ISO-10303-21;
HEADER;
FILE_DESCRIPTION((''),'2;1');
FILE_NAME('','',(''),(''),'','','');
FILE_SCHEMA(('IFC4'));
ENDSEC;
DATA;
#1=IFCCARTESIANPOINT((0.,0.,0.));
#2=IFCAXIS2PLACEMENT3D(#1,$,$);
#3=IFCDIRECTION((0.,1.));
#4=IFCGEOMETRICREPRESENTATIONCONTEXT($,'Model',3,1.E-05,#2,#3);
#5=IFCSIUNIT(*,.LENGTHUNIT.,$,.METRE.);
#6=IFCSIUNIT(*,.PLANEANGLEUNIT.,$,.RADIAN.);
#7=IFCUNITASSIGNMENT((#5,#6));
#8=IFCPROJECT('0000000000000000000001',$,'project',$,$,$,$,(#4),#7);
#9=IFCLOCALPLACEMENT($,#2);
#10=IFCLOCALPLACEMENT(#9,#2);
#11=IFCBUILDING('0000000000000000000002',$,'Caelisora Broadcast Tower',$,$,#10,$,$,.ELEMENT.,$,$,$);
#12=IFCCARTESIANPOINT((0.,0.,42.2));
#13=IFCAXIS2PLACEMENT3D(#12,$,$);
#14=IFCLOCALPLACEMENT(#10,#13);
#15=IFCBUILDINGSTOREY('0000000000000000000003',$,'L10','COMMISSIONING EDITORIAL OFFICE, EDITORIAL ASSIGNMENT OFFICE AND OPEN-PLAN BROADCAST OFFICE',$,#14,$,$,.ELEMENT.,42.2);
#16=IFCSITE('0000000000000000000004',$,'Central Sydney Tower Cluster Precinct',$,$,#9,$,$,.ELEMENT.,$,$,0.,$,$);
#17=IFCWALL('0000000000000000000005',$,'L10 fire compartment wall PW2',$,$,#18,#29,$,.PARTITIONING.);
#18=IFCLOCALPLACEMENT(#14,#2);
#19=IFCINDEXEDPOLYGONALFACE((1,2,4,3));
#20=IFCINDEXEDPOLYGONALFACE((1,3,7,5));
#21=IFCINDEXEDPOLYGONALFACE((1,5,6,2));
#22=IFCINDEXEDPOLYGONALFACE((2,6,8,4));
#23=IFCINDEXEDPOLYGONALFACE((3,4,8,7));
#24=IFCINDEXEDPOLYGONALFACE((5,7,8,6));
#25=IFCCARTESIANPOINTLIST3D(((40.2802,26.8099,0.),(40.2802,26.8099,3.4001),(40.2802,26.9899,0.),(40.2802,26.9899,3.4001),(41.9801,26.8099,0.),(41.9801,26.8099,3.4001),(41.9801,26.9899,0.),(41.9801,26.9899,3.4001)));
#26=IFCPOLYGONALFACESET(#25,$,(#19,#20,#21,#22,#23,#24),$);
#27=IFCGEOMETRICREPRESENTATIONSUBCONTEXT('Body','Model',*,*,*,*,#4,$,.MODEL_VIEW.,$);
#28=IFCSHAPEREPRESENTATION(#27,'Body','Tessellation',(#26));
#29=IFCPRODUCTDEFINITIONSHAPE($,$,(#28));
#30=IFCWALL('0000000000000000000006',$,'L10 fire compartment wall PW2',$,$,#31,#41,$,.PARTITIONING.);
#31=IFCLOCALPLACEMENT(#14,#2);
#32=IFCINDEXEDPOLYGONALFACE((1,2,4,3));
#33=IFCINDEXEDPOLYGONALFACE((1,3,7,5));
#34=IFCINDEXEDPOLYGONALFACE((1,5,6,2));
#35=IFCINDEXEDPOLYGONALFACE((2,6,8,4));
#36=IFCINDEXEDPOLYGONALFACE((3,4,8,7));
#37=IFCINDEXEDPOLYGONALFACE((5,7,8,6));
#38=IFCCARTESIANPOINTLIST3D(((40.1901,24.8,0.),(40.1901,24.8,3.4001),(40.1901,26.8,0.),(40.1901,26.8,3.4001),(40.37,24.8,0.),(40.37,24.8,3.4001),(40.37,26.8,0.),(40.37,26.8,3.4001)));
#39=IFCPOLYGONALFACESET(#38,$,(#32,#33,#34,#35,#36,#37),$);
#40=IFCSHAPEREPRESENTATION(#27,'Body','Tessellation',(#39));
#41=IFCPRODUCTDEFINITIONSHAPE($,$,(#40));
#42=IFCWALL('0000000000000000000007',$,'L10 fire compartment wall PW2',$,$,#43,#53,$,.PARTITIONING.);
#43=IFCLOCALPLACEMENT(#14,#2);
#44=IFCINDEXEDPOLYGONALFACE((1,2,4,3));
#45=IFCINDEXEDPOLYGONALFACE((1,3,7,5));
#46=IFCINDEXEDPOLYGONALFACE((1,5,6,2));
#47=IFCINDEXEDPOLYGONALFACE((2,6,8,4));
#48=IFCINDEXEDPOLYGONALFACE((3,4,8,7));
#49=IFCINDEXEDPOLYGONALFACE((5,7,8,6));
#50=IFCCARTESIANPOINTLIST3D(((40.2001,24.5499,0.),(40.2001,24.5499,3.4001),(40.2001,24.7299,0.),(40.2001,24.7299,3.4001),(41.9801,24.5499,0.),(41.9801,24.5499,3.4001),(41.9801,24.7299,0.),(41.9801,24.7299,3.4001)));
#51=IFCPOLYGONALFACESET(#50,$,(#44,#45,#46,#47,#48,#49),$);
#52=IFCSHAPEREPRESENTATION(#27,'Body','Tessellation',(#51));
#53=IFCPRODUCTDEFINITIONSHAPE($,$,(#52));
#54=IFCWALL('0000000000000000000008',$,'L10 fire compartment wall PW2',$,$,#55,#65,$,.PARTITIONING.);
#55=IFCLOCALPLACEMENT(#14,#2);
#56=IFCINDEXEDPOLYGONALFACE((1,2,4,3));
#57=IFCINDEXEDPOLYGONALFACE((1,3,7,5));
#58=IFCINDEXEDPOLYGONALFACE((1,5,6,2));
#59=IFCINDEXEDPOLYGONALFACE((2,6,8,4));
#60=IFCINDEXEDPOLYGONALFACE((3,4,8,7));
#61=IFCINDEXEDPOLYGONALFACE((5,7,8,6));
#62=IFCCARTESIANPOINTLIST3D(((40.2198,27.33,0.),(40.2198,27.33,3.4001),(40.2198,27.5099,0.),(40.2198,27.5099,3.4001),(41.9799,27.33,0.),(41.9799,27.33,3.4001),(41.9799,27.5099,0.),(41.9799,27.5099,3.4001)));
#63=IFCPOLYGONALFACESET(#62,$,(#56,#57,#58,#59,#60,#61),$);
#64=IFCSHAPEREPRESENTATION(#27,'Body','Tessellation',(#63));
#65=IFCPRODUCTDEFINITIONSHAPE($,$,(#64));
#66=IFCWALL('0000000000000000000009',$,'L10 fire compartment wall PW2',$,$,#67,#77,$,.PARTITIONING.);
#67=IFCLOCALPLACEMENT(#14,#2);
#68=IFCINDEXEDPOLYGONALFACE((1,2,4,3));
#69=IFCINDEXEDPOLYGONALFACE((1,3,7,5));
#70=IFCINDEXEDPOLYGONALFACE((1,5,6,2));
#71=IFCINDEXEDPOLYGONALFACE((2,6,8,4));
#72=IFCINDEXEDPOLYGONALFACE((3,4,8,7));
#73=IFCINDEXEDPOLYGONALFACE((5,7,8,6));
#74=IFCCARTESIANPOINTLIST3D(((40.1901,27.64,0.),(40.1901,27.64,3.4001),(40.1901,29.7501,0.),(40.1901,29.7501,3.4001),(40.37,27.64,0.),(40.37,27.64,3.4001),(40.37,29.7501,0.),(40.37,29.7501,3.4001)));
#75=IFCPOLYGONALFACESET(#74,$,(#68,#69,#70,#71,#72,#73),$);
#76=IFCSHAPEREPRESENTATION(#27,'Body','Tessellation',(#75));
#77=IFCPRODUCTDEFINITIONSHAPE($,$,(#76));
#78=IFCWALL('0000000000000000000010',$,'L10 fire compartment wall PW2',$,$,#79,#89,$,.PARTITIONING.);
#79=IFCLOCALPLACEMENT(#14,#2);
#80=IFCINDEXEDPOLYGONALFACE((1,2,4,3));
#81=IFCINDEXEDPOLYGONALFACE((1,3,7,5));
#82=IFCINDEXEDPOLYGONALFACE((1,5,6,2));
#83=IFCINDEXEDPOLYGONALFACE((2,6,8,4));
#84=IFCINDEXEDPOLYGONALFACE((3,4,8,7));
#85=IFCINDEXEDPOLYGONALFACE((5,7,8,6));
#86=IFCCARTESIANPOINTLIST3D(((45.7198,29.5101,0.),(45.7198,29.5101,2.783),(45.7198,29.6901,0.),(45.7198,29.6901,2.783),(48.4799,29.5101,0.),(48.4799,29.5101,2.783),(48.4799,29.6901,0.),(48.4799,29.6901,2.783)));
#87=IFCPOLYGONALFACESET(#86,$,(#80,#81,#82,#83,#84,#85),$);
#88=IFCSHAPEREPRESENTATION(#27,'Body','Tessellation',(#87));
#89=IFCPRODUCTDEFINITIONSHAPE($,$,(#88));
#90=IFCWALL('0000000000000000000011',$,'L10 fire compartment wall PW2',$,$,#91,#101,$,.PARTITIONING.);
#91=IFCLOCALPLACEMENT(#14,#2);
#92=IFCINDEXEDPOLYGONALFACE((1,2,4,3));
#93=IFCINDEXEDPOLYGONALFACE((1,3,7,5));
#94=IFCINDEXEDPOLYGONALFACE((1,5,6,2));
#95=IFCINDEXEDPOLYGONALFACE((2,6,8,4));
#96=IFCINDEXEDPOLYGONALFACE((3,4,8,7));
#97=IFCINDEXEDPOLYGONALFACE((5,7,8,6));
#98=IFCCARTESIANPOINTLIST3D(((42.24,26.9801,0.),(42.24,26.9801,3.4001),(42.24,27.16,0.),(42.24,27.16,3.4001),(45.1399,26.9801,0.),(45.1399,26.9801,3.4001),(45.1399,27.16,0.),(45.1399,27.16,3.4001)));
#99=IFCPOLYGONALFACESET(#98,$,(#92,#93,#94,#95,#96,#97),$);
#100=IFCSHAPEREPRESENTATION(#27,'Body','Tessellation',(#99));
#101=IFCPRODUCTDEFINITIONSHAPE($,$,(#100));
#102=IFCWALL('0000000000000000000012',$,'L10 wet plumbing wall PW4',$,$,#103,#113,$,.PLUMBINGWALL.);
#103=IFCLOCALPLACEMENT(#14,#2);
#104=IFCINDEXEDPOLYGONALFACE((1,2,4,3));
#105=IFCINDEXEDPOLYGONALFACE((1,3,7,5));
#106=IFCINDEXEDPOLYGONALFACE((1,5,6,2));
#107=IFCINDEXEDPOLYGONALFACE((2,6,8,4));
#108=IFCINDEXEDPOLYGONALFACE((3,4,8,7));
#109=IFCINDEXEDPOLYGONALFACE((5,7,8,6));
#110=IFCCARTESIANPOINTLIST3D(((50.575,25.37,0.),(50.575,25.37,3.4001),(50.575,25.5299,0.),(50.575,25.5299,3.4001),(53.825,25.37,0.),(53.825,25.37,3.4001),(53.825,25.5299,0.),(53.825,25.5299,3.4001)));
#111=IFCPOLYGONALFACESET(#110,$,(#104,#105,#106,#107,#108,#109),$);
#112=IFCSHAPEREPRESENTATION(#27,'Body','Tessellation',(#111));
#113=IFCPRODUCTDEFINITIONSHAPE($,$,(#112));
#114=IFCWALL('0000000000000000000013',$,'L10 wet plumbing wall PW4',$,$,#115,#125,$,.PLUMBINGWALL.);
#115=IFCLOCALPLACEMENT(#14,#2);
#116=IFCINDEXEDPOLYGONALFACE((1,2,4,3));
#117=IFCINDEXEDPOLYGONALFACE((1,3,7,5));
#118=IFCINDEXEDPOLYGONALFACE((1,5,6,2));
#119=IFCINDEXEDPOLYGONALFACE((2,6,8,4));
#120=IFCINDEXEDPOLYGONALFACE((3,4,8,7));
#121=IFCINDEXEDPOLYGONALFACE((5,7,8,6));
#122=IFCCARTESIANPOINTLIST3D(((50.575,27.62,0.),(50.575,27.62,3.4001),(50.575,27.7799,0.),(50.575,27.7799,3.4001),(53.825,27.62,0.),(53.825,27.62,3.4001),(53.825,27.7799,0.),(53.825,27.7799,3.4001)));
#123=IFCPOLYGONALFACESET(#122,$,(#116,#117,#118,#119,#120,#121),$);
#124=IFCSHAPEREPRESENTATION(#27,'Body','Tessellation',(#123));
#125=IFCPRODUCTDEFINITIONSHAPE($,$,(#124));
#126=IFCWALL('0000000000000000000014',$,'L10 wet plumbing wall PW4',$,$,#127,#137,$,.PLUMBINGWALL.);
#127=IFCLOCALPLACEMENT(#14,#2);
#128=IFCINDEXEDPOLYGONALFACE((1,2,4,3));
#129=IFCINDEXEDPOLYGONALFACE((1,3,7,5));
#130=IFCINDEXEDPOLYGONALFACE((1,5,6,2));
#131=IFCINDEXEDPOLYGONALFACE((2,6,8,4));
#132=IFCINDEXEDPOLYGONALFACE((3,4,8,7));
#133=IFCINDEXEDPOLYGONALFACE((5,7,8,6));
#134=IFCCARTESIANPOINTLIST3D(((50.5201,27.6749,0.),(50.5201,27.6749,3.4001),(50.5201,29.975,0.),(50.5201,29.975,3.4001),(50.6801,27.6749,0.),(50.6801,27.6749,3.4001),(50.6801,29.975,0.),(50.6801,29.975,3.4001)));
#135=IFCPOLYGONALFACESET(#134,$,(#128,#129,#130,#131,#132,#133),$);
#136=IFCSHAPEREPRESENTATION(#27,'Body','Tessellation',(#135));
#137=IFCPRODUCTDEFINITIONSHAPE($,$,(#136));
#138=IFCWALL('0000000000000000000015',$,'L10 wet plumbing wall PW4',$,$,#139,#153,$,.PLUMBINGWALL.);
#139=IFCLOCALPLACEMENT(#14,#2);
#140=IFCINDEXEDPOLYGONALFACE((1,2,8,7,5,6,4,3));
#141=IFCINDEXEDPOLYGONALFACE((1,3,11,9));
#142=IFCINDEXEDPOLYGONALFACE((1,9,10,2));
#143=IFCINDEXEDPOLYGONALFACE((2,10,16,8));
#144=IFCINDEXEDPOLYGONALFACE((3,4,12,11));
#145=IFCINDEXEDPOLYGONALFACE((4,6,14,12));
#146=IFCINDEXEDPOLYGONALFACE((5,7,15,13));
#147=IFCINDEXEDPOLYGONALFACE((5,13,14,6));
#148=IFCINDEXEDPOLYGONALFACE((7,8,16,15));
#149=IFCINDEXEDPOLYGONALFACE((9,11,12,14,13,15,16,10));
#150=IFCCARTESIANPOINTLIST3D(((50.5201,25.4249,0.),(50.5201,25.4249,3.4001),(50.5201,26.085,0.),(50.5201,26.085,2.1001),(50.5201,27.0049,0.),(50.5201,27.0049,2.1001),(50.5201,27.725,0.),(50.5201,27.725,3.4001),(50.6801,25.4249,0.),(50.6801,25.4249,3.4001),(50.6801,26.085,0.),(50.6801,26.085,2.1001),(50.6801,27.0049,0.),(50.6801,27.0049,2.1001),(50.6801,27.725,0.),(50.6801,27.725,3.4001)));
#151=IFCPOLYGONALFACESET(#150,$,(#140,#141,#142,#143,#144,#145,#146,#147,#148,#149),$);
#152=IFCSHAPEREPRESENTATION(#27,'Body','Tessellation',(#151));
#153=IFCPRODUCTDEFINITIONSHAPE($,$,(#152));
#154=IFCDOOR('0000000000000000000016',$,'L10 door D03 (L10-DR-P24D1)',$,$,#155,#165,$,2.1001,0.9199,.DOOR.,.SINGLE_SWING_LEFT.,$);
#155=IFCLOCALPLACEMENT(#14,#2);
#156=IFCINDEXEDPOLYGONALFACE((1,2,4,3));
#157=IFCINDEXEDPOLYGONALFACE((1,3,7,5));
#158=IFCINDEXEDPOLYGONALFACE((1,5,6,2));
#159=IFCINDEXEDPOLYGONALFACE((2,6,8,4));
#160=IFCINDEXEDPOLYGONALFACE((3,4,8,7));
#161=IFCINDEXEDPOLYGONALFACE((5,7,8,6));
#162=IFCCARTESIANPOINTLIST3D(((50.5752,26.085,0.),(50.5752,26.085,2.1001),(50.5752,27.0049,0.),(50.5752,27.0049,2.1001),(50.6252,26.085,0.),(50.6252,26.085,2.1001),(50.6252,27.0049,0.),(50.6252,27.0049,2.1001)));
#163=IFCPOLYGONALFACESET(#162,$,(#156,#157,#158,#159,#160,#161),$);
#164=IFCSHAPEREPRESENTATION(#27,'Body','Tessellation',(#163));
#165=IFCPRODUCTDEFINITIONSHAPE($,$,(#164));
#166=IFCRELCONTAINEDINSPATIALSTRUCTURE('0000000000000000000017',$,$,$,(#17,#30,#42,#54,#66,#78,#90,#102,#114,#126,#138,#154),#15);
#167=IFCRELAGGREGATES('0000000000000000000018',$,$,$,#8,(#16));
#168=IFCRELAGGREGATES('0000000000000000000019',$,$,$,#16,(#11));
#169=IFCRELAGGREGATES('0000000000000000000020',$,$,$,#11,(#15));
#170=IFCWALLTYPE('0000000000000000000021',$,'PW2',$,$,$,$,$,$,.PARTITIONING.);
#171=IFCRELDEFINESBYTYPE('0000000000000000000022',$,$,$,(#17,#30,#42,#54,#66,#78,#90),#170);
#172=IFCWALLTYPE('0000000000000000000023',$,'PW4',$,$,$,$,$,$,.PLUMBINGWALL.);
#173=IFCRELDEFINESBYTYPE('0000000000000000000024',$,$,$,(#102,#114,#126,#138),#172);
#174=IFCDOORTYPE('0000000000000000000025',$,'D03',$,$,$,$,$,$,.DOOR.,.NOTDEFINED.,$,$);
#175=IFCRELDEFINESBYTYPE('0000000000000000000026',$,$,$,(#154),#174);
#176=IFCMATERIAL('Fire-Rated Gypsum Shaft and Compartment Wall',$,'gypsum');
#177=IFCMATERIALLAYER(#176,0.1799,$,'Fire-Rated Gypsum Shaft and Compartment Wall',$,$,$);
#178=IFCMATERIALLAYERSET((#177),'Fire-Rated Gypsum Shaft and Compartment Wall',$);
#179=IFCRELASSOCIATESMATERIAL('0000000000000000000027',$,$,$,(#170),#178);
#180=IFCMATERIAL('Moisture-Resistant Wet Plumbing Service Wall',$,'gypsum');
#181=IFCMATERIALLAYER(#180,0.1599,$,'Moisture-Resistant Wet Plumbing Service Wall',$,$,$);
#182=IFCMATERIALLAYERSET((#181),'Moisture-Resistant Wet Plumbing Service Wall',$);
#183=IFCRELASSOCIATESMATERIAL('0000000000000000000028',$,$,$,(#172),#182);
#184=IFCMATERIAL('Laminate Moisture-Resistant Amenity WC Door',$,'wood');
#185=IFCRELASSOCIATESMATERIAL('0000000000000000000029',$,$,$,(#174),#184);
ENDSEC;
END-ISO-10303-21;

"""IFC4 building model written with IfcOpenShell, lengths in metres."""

from ifc_helpers import new_model, si_unit, direction, frame, frame_2d, origin, place, context, subcontext, project, spatial, rectangle, extrude, material, layer, layer_set, type_object, element, fill, save


model = new_model("IFC4")

# Units and contexts
model_context = context("Model", 3, precision=1e-05, world=origin(), true_north=direction((0.0, 1.0)))
body_context = subcontext(model_context, "Body", "Model", "MODEL_VIEW")
ifc_project = project(units=[si_unit("LENGTHUNIT", "METRE"), si_unit("PLANEANGLEUNIT", "RADIAN")], contexts=[model_context])

# Site, building, storey
site_placement = place(None, origin())
site = spatial("IfcSite", under=ifc_project, at=site_placement, Name="Central Sydney Tower Cluster Precinct", CompositionType="ELEMENT", RefElevation=0.0)
building_placement = place(site_placement, origin())
building = spatial("IfcBuilding", under=site, at=building_placement, Name="Caelisora Broadcast Tower", CompositionType="ELEMENT")
storey_placement = place(building_placement, frame((0.0, 0.0, 42.2)))
storey = spatial("IfcBuildingStorey", under=building, at=storey_placement, Name="L10", Description="COMMISSIONING EDITORIAL OFFICE, EDITORIAL ASSIGNMENT OFFICE AND OPEN-PLAN BROADCAST OFFICE", CompositionType="ELEMENT", Elevation=42.2)

# Walls
ifc_material_1 = material(Name="Fire-Rated Gypsum Shaft and Compartment Wall", Category="gypsum")
ifc_layer_1 = layer(ifc_material_1, 0.1799, Name="Fire-Rated Gypsum Shaft and Compartment Wall")
ifc_layer_set_1 = layer_set([ifc_layer_1], Name="Fire-Rated Gypsum Shaft and Compartment Wall")
wall_type_1 = type_object("IfcWallType", Name="PW2", PredefinedType="PARTITIONING", material=ifc_layer_set_1)
wall_1_placement = place(storey_placement, frame((40.28, 26.8999, 0.0), z_axis=(0.0, 0.0, 1.0), x_axis=(1.0, 0.0, 0.0)))
element("IfcWall", 1, at=wall_1_placement, inside=storey, type_object=wall_type_1, Name="L10 fire compartment wall PW2", PredefinedType="PARTITIONING", context=body_context, shape_type="SweptSolid", body=[
    extrude(rectangle(XDim=1.7, YDim=0.1799, at=frame_2d((0.8501, 0.0))), origin(), (0.0, 0.0, 1.0), 3.4001),
])
wall_2_placement = place(storey_placement, frame((40.28, 24.8, 0.0), z_axis=(0.0, 0.0, 1.0), x_axis=(0.0, 1.0, 0.0)))
element("IfcWall", 2, at=wall_2_placement, inside=storey, type_object=wall_type_1, Name="L10 fire compartment wall PW2", PredefinedType="PARTITIONING", context=body_context, shape_type="SweptSolid", body=[
    extrude(rectangle(XDim=2.0, YDim=0.1799, at=frame_2d((1.0, 0.0))), origin(), (0.0, 0.0, 1.0), 3.4001),
])
wall_3_placement = place(storey_placement, frame((40.2, 24.6399, 0.0), z_axis=(0.0, 0.0, 1.0), x_axis=(1.0, 0.0, 0.0)))
element("IfcWall", 3, at=wall_3_placement, inside=storey, type_object=wall_type_1, Name="L10 fire compartment wall PW2", PredefinedType="PARTITIONING", context=body_context, shape_type="SweptSolid", body=[
    extrude(rectangle(XDim=1.78, YDim=0.1799, at=frame_2d((0.8901, 0.0))), origin(), (0.0, 0.0, 1.0), 3.4001),
])
wall_4_placement = place(storey_placement, frame((40.22, 27.4199, 0.0), z_axis=(0.0, 0.0, 1.0), x_axis=(1.0, 0.0, 0.0)))
element("IfcWall", 4, at=wall_4_placement, inside=storey, type_object=wall_type_1, Name="L10 fire compartment wall PW2", PredefinedType="PARTITIONING", context=body_context, shape_type="SweptSolid", body=[
    extrude(rectangle(XDim=1.76, YDim=0.1799, at=frame_2d((0.8799, 0.0))), origin(), (0.0, 0.0, 1.0), 3.4001),
])
wall_5_placement = place(storey_placement, frame((40.28, 27.6399, 0.0), z_axis=(0.0, 0.0, 1.0), x_axis=(0.0, 1.0, 0.0)))
element("IfcWall", 5, at=wall_5_placement, inside=storey, type_object=wall_type_1, Name="L10 fire compartment wall PW2", PredefinedType="PARTITIONING", context=body_context, shape_type="SweptSolid", body=[
    extrude(rectangle(XDim=2.1101, YDim=0.1799, at=frame_2d((1.0552, 0.0))), origin(), (0.0, 0.0, 1.0), 3.4001),
])
wall_6_placement = place(storey_placement, frame((45.72, 29.6001, 0.0), z_axis=(0.0, 0.0, 1.0), x_axis=(1.0, 0.0, 0.0)))
element("IfcWall", 6, at=wall_6_placement, inside=storey, type_object=wall_type_1, Name="L10 fire compartment wall PW2", PredefinedType="PARTITIONING", context=body_context, shape_type="SweptSolid", body=[
    extrude(rectangle(XDim=2.76, YDim=0.1799, at=frame_2d((1.3799, 0.0))), origin(), (0.0, 0.0, 1.0), 2.783),
])
wall_7_placement = place(storey_placement, frame((42.24, 27.0701, 0.0), z_axis=(0.0, 0.0, 1.0), x_axis=(1.0, 0.0, 0.0)))
element("IfcWall", 7, at=wall_7_placement, inside=storey, type_object=wall_type_1, Name="L10 fire compartment wall PW2", PredefinedType="PARTITIONING", context=body_context, shape_type="SweptSolid", body=[
    extrude(rectangle(XDim=2.8999, YDim=0.1799, at=frame_2d((1.45, 0.0))), origin(), (0.0, 0.0, 1.0), 3.4001),
])
ifc_material_2 = material(Name="Moisture-Resistant Wet Plumbing Service Wall", Category="gypsum")
ifc_layer_2 = layer(ifc_material_2, 0.1599, Name="Moisture-Resistant Wet Plumbing Service Wall")
ifc_layer_set_2 = layer_set([ifc_layer_2], Name="Moisture-Resistant Wet Plumbing Service Wall")
wall_type_2 = type_object("IfcWallType", Name="PW4", PredefinedType="PLUMBINGWALL", material=ifc_layer_set_2)
for number, where, z_axis, x_axis, name in (
    (8, (50.575, 25.45, 0.0), (0.0, 0.0, 1.0), (1.0, 0.0, 0.0), "L10 wet plumbing wall PW4"),
    (9, (50.575, 27.7, 0.0), (0.0, 0.0, 1.0), (1.0, 0.0, 0.0), "L10 wet plumbing wall PW4"),
):
    element("IfcWall", number, at=place(storey_placement, frame(where, z_axis=z_axis, x_axis=x_axis)), inside=storey, type_object=wall_type_2, Name=name, PredefinedType="PLUMBINGWALL", context=body_context, shape_type="SweptSolid", body=[
        extrude(rectangle(XDim=3.25, YDim=0.1599, at=frame_2d((1.625, 0.0))), origin(), (0.0, 0.0, 1.0), 3.4001),
    ])
wall_8_placement = place(storey_placement, frame((50.6001, 27.675, 0.0), z_axis=(0.0, 0.0, 1.0), x_axis=(0.0, 1.0, 0.0)))
element("IfcWall", 10, at=wall_8_placement, inside=storey, type_object=wall_type_2, Name="L10 wet plumbing wall PW4", PredefinedType="PLUMBINGWALL", context=body_context, shape_type="SweptSolid", body=[
    extrude(rectangle(XDim=2.3, YDim=0.1599, at=frame_2d((1.1499, 0.0))), origin(), (0.0, 0.0, 1.0), 3.4001),
])

# Wall, opening, door
wall_9_placement = place(storey_placement, frame((50.6001, 25.425, 0.0), z_axis=(0.0, 0.0, 1.0), x_axis=(0.0, 1.0, 0.0)))
wall_9 = element("IfcWall", 11, at=wall_9_placement, inside=storey, type_object=wall_type_2, Name="L10 wet plumbing wall PW4", PredefinedType="PLUMBINGWALL", context=body_context, shape_type="SweptSolid", body=[
    extrude(rectangle(XDim=2.3, YDim=0.1599, at=frame_2d((1.1499, 0.0))), origin(), (0.0, 0.0, 1.0), 3.4001),
])
opening_placement = place(wall_9_placement, frame((0.6599, 0.0, 0.0)))
opening = element("IfcOpeningElement", 12, at=opening_placement, cuts=wall_9, PredefinedType="OPENING", context=body_context, shape_type="SweptSolid", body=[
    extrude(rectangle(XDim=0.9199, YDim=2.1001, at=frame_2d((0.46, 1.05))), frame((0.0, 0.092, 0.0), z_axis=(0.0, -1.0, 0.0), x_axis=(1.0, 0.0, 0.0)), (0.0, 0.0, 1.0), 0.1838),
])
ifc_material_3 = material(Name="Laminate Moisture-Resistant Amenity WC Door", Category="wood")
door_type = type_object("IfcDoorType", Name="D03", OperationType="NOTDEFINED", PredefinedType="DOOR", material=ifc_material_3)
door_placement = place(opening_placement, origin())
door = element("IfcDoor", 13, at=door_placement, inside=storey, type_object=door_type, Name="L10 door D03 (L10-DR-P24D1)", OperationType="SINGLE_SWING_LEFT", OverallHeight=2.1001, OverallWidth=0.9199, PredefinedType="DOOR", context=body_context, shape_type="SweptSolid", body=[
    extrude(rectangle(XDim=0.9199, YDim=2.1001, at=frame_2d((0.46, 1.05))), frame((0.0, 0.0249, 0.0), z_axis=(0.0, -1.0, 0.0), x_axis=(1.0, 0.0, 0.0)), (0.0, 0.0, 1.0), 0.05),
])
fill(opening, door)

save(model, "model.ifc")
